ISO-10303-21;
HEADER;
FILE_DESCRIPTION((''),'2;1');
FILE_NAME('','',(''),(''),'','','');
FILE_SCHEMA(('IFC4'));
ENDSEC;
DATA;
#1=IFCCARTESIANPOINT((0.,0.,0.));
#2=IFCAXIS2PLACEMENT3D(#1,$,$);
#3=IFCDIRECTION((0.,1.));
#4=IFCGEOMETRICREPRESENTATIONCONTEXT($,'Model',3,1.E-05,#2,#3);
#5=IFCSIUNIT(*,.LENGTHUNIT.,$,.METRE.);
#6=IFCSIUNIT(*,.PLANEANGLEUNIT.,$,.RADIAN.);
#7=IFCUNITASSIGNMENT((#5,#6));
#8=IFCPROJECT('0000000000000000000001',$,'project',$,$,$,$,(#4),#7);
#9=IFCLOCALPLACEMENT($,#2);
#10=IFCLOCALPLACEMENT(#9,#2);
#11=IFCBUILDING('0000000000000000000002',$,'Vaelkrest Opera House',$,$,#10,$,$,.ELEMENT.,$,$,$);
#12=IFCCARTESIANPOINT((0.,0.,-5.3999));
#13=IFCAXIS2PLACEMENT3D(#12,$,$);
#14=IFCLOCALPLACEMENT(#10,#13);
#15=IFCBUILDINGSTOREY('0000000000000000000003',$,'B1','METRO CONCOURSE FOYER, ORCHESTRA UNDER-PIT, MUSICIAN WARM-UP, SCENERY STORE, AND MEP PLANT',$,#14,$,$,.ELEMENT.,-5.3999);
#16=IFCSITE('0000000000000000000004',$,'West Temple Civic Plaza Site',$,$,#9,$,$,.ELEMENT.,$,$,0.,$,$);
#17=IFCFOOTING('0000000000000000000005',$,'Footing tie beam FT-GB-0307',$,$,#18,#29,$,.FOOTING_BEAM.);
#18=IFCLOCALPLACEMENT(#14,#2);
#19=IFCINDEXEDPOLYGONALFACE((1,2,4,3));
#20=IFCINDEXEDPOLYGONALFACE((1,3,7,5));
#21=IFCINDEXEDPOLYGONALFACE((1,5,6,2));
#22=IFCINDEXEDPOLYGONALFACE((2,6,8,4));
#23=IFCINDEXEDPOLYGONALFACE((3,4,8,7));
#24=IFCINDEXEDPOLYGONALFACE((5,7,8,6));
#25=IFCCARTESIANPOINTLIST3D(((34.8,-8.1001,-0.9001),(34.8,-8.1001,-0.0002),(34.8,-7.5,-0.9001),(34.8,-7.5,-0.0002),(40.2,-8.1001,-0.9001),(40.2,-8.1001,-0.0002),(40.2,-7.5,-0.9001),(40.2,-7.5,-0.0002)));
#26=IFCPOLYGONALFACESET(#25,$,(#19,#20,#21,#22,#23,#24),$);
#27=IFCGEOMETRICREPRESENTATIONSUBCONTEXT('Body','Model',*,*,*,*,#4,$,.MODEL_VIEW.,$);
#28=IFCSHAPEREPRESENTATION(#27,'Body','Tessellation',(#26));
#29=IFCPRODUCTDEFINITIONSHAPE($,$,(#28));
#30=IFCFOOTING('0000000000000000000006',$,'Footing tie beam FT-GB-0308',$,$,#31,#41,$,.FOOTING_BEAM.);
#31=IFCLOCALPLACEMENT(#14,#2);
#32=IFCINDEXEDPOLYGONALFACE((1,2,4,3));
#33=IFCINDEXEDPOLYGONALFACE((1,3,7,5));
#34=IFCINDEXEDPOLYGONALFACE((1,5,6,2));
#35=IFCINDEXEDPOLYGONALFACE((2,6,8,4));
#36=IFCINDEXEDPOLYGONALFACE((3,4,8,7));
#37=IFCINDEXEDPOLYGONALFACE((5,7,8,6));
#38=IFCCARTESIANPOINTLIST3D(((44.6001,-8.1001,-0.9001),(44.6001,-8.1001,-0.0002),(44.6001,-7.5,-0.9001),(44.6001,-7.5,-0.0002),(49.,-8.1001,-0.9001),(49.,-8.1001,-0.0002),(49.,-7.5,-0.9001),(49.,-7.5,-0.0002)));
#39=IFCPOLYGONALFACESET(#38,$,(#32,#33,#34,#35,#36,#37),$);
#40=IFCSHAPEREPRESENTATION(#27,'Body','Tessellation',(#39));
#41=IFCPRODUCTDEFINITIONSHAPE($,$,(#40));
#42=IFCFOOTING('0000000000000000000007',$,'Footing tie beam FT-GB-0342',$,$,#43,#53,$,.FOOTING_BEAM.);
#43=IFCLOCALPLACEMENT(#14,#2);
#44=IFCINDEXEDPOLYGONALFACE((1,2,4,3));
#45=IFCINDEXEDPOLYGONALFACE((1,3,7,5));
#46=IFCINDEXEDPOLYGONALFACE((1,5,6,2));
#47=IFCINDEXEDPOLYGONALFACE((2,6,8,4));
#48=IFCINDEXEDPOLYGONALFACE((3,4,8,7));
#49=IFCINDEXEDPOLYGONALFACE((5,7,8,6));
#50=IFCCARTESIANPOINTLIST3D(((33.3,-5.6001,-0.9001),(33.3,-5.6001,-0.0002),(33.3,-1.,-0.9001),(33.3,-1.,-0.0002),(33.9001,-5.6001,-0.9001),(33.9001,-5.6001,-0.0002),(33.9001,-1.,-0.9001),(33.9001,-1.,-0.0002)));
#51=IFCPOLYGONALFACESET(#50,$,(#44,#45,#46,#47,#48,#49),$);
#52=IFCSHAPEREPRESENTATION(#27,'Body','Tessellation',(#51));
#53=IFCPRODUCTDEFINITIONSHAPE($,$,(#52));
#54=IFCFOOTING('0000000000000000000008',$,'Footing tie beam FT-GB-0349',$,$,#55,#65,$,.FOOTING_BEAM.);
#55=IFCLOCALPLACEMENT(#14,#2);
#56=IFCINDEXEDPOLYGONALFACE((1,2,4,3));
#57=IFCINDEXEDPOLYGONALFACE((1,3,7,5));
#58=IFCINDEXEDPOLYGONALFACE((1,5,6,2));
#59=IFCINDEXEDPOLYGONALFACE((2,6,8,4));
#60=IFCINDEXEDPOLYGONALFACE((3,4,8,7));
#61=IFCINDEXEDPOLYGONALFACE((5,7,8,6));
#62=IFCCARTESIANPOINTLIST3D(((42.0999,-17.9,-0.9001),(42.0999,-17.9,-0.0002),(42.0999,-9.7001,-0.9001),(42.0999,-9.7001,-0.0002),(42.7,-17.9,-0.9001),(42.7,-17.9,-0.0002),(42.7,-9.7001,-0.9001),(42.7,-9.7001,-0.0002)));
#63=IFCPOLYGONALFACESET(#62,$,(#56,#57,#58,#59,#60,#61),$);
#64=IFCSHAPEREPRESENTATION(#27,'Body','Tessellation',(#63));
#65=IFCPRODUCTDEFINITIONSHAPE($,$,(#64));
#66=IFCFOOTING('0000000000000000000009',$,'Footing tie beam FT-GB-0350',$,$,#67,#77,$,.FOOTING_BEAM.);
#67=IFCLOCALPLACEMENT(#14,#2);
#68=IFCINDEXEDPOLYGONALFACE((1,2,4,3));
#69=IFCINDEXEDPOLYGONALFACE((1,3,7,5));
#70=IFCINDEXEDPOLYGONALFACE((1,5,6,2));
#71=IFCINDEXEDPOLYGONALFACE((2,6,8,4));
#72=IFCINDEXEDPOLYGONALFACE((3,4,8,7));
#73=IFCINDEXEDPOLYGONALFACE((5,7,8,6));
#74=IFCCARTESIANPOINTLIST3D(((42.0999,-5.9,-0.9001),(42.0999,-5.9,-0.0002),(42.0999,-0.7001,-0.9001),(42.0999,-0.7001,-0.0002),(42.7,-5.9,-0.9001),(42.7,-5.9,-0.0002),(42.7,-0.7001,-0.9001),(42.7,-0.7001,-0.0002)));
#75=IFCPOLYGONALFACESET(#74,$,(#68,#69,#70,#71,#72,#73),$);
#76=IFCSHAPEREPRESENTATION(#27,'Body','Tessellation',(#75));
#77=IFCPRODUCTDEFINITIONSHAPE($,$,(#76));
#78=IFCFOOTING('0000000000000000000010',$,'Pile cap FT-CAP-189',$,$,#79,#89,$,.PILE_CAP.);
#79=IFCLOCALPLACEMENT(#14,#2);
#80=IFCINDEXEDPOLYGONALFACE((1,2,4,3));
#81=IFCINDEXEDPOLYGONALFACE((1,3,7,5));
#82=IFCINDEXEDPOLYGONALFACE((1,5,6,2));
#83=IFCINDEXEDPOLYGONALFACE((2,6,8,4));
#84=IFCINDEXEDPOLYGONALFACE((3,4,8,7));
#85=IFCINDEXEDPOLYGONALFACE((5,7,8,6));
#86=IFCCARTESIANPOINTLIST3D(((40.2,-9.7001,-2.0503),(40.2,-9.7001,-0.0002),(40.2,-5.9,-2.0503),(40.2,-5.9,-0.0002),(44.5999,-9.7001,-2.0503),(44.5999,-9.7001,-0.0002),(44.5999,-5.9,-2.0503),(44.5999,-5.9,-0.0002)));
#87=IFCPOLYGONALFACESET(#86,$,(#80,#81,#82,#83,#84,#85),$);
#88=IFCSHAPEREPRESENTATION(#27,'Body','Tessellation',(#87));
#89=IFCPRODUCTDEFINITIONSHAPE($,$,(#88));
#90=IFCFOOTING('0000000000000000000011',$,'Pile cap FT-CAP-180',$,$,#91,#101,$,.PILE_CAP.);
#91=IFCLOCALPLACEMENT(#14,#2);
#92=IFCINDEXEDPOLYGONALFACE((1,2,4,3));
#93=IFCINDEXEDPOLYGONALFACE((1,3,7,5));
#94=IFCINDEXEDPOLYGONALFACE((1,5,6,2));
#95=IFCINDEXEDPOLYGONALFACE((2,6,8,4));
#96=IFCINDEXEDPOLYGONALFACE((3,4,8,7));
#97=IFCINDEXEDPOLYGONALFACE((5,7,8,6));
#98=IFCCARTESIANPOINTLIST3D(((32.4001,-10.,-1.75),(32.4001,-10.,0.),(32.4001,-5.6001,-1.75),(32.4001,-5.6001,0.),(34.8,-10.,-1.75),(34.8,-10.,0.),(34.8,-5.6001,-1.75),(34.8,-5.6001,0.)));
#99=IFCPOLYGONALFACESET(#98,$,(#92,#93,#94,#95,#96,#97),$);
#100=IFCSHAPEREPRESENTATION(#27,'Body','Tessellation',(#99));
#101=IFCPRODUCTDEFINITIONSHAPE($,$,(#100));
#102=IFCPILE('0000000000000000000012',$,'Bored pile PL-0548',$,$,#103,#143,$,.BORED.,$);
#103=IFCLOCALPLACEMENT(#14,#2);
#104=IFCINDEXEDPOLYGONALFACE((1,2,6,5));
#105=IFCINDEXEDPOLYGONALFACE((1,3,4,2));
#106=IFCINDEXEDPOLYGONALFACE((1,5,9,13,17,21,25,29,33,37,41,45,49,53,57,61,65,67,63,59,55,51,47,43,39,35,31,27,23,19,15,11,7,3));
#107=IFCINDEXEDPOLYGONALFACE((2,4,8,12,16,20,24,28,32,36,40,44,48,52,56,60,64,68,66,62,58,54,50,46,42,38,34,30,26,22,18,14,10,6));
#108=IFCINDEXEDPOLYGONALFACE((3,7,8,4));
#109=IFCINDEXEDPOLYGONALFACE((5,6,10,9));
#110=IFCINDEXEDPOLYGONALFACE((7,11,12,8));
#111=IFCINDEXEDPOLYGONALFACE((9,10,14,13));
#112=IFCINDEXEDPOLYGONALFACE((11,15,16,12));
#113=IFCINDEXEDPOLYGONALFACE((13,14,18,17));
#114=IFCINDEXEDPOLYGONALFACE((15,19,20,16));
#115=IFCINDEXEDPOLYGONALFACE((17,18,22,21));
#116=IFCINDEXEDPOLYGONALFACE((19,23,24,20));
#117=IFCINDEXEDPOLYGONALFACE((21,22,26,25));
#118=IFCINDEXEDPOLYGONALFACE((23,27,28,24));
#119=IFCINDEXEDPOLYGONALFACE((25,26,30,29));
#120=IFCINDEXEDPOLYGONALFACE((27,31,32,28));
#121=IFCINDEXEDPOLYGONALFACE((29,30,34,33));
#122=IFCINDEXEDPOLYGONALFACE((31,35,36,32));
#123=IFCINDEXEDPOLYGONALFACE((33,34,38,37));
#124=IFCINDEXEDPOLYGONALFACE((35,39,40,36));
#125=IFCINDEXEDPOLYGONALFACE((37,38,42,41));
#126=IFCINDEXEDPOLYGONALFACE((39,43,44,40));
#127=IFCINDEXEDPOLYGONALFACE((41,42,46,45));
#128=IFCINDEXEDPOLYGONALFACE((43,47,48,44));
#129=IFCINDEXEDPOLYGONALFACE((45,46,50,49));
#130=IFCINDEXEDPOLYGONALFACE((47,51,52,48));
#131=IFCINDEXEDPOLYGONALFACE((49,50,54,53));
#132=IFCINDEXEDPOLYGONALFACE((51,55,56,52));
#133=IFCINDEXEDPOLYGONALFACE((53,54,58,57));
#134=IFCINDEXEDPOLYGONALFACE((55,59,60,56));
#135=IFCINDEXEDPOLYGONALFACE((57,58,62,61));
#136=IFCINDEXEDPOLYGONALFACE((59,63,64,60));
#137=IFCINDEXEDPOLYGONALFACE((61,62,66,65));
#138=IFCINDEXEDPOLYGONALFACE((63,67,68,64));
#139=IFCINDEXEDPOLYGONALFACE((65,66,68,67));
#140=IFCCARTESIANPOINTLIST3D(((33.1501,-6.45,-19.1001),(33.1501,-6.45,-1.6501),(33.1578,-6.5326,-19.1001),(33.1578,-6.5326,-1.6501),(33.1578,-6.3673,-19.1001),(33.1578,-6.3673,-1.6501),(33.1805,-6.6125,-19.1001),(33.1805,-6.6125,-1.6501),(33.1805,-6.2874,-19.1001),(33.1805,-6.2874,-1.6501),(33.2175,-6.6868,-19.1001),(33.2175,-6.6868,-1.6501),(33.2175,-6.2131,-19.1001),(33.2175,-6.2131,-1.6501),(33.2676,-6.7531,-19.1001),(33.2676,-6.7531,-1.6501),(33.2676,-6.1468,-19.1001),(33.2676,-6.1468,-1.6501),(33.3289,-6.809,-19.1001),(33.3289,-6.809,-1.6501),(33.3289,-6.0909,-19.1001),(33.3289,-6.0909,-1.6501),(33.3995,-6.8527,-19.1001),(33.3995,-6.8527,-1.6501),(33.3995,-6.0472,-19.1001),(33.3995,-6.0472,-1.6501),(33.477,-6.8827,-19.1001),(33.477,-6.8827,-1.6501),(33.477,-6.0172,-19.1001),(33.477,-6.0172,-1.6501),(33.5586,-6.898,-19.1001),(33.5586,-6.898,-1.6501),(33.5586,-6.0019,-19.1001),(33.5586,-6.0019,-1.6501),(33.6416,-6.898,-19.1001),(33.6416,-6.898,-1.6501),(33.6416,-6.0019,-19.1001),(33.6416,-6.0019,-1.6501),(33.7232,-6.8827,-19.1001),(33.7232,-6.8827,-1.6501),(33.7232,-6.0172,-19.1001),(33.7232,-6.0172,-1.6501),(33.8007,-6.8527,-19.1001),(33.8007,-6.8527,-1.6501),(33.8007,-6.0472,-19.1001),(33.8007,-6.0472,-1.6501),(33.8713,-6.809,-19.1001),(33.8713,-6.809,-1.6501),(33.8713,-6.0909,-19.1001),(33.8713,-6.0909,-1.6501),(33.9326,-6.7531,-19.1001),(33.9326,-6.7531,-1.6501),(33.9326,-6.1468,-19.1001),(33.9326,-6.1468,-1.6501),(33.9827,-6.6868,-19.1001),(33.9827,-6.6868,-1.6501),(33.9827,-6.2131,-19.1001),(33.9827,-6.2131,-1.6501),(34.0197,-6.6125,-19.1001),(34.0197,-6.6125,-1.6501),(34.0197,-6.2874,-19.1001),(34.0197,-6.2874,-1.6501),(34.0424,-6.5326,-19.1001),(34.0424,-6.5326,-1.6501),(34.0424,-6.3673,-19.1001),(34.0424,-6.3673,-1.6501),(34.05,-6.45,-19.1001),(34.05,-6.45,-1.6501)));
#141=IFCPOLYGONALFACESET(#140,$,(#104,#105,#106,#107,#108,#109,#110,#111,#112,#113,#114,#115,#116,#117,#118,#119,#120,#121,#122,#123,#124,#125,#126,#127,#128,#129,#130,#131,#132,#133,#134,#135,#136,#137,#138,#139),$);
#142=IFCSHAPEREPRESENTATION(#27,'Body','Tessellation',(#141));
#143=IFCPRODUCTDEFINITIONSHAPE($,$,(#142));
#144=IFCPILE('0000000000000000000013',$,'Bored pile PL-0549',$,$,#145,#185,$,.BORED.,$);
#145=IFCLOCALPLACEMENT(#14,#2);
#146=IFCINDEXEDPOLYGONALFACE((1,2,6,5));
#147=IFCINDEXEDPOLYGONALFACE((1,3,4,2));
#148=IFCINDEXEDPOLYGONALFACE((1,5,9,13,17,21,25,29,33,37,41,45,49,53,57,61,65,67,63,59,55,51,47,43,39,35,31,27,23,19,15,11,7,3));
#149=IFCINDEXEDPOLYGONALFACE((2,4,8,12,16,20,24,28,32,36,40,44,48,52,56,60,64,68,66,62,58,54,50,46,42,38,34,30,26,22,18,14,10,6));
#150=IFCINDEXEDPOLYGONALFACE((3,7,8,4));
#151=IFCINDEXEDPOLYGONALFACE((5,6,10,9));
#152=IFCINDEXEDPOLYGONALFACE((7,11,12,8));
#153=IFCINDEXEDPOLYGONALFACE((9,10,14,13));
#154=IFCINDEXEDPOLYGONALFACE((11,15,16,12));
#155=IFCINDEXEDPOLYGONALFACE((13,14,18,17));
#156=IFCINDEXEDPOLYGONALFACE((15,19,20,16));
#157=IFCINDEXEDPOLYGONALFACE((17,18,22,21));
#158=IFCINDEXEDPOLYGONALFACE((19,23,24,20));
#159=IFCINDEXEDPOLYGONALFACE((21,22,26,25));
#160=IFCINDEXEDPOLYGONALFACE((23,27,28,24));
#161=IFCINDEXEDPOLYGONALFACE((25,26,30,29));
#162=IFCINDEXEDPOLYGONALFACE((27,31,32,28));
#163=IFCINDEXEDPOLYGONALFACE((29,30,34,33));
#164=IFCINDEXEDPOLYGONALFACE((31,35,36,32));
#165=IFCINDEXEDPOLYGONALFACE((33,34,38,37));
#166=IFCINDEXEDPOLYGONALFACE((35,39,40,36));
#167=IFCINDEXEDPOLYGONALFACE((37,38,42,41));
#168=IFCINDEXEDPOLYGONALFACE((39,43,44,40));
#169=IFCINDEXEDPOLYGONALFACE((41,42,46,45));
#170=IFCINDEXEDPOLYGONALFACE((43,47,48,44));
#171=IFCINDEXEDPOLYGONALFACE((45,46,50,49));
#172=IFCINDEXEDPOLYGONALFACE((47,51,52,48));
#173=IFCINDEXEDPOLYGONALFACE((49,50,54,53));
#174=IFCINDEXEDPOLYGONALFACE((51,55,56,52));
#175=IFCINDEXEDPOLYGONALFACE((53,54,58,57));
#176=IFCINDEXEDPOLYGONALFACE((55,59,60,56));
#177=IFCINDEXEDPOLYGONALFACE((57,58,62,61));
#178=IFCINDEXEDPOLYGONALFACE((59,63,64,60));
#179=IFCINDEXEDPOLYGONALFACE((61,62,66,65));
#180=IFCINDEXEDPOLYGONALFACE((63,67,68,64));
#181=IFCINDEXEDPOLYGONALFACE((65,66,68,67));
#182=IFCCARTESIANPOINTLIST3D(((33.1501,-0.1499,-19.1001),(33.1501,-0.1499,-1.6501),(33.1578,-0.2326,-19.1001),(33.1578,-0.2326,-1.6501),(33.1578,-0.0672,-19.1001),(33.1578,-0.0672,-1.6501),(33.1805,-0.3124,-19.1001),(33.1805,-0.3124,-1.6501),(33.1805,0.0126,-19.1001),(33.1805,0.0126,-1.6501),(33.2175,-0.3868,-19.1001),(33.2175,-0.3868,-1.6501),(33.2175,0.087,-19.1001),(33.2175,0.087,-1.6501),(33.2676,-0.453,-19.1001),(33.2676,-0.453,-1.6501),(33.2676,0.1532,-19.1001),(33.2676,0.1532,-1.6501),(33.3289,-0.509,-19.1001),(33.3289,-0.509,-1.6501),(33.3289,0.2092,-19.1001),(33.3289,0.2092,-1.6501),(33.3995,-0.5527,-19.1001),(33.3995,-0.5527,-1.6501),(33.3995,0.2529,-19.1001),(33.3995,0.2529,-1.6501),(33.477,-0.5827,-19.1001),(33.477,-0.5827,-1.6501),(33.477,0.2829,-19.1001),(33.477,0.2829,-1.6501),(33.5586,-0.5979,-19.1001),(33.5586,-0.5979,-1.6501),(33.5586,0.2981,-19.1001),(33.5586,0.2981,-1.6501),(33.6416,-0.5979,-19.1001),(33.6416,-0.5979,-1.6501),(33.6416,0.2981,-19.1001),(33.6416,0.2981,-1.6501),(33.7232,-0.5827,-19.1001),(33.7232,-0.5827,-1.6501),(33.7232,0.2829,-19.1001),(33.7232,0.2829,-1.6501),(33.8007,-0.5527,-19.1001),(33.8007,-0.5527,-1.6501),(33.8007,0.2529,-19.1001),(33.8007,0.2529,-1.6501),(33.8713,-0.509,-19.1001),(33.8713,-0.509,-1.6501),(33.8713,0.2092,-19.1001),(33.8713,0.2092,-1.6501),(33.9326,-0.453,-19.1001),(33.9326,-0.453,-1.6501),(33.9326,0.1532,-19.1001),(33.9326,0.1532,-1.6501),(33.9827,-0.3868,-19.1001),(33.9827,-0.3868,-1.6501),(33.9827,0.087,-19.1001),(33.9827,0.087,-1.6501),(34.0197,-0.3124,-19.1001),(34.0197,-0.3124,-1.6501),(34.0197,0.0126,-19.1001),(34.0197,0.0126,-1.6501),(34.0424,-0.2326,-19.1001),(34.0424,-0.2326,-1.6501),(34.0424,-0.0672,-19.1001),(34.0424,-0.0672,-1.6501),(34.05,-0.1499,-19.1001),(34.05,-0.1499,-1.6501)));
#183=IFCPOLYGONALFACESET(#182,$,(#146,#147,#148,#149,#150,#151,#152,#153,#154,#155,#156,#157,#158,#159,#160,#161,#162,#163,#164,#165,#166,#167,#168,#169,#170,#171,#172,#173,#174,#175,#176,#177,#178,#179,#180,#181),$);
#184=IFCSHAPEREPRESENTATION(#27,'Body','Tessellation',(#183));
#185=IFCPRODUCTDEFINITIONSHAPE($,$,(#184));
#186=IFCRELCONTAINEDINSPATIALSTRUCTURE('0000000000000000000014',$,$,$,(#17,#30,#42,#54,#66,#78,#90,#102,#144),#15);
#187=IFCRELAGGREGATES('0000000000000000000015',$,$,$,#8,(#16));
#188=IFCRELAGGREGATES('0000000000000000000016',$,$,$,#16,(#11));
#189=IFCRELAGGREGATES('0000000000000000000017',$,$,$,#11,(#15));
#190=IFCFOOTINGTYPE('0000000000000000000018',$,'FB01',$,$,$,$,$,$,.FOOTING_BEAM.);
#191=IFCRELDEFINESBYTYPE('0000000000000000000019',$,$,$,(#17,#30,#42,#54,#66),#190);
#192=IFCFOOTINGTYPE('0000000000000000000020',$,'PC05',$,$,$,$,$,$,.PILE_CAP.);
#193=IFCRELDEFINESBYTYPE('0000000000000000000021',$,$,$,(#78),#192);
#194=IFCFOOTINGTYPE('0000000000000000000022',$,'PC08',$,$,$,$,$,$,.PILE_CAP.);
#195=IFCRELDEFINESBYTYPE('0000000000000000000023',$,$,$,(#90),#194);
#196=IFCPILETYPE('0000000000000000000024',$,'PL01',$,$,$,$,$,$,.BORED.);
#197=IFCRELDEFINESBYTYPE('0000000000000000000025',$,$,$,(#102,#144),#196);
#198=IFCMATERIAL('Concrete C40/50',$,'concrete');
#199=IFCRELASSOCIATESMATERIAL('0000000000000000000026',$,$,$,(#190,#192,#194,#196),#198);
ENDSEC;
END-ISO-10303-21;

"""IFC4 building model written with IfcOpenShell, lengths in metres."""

from ifc_helpers import new_model, si_unit, direction, frame, origin, origin_2d, place, context, subcontext, project, spatial, rectangle, circle, extrude, material, material_profile, profile_set, type_object, element, save


model = new_model("IFC4")

# Units and contexts
model_context = context("Model", 3, precision=1e-05, world=origin(), true_north=direction((0.0, 1.0)))
body_context = subcontext(model_context, "Body", "Model", "MODEL_VIEW")
ifc_project = project(units=[si_unit("LENGTHUNIT", "METRE"), si_unit("PLANEANGLEUNIT", "RADIAN")], contexts=[model_context])

# Site, building, storey
site_placement = place(None, origin())
site = spatial("IfcSite", under=ifc_project, at=site_placement, Name="West Temple Civic Plaza Site", CompositionType="ELEMENT", RefElevation=0.0)
building_placement = place(site_placement, origin())
building = spatial("IfcBuilding", under=site, at=building_placement, Name="Vaelkrest Opera House", CompositionType="ELEMENT")
storey_placement = place(building_placement, frame((0.0, 0.0, -5.3999)))
storey = spatial("IfcBuildingStorey", under=building, at=storey_placement, Name="B1", Description="METRO CONCOURSE FOYER, ORCHESTRA UNDER-PIT, MUSICIAN WARM-UP, SCENERY STORE, AND MEP PLANT", CompositionType="ELEMENT", Elevation=-5.3999)

# Footings
ifc_material_1 = material(Name="Concrete C40/50", Category="concrete")
footing_type_1 = type_object("IfcFootingType", Name="FB01", PredefinedType="FOOTING_BEAM", material=ifc_material_1)
footing_1_placement = place(storey_placement, frame((37.5, -7.8, -0.9001), z_axis=(0.0, 0.0, 1.0), x_axis=(1.0, 0.0, 0.0)))
element("IfcFooting", 1, at=footing_1_placement, inside=storey, type_object=footing_type_1, Name="Footing tie beam FT-GB-0307", PredefinedType="FOOTING_BEAM", context=body_context, shape_type="SweptSolid", body=[
    extrude(rectangle(XDim=5.3999, YDim=0.6001, at=origin_2d()), origin(), (0.0, 0.0, 1.0), 0.8999),
])
footing_2_placement = place(storey_placement, frame((46.8, -7.8, -0.9001), z_axis=(0.0, 0.0, 1.0), x_axis=(1.0, 0.0, 0.0)))
element("IfcFooting", 2, at=footing_2_placement, inside=storey, type_object=footing_type_1, Name="Footing tie beam FT-GB-0308", PredefinedType="FOOTING_BEAM", context=body_context, shape_type="SweptSolid", body=[
    extrude(rectangle(XDim=4.3999, YDim=0.6001, at=origin_2d()), origin(), (0.0, 0.0, 1.0), 0.8999),
])
footing_3_placement = place(storey_placement, frame((33.6001, -3.3, -0.9001), z_axis=(0.0, 0.0, 1.0), x_axis=(0.0, 1.0, 0.0)))
element("IfcFooting", 3, at=footing_3_placement, inside=storey, type_object=footing_type_1, Name="Footing tie beam FT-GB-0342", PredefinedType="FOOTING_BEAM", context=body_context, shape_type="SweptSolid", body=[
    extrude(rectangle(XDim=4.6001, YDim=0.6001, at=origin_2d()), origin(), (0.0, 0.0, 1.0), 0.8999),
])
footing_4_placement = place(storey_placement, frame((42.3999, -13.8, -0.9001), z_axis=(0.0, 0.0, 1.0), x_axis=(0.0, 1.0, 0.0)))
element("IfcFooting", 4, at=footing_4_placement, inside=storey, type_object=footing_type_1, Name="Footing tie beam FT-GB-0349", PredefinedType="FOOTING_BEAM", context=body_context, shape_type="SweptSolid", body=[
    extrude(rectangle(XDim=8.2, YDim=0.6001, at=origin_2d()), origin(), (0.0, 0.0, 1.0), 0.8999),
])
footing_5_placement = place(storey_placement, frame((42.3999, -3.3, -0.9001), z_axis=(0.0, 0.0, 1.0), x_axis=(0.0, 1.0, 0.0)))
element("IfcFooting", 5, at=footing_5_placement, inside=storey, type_object=footing_type_1, Name="Footing tie beam FT-GB-0350", PredefinedType="FOOTING_BEAM", context=body_context, shape_type="SweptSolid", body=[
    extrude(rectangle(XDim=5.2, YDim=0.6001, at=origin_2d()), origin(), (0.0, 0.0, 1.0), 0.8999),
])
footing_type_2 = type_object("IfcFootingType", Name="PC05", PredefinedType="PILE_CAP", material=ifc_material_1)
footing_6_placement = place(storey_placement, frame((42.3999, -7.8, -2.0503), z_axis=(0.0, 0.0, 1.0), x_axis=(1.0, 0.0, 0.0)))
element("IfcFooting", 6, at=footing_6_placement, inside=storey, type_object=footing_type_2, Name="Pile cap FT-CAP-189", PredefinedType="PILE_CAP", context=body_context, shape_type="SweptSolid", body=[
    extrude(rectangle(XDim=4.3999, YDim=3.8, at=origin_2d()), origin(), (0.0, 0.0, 1.0), 2.05),
])
footing_type_3 = type_object("IfcFootingType", Name="PC08", PredefinedType="PILE_CAP", material=ifc_material_1)
footing_7_placement = place(storey_placement, frame((33.6001, -7.8, -1.75), z_axis=(0.0, 0.0, 1.0), x_axis=(1.0, 0.0, 0.0)))
element("IfcFooting", 7, at=footing_7_placement, inside=storey, type_object=footing_type_3, Name="Pile cap FT-CAP-180", PredefinedType="PILE_CAP", context=body_context, shape_type="SweptSolid", body=[
    extrude(rectangle(XDim=2.3999, YDim=4.3999, at=origin_2d()), origin(), (0.0, 0.0, 1.0), 1.75),
])

# Piles
ifc_material_profile_1 = material_profile(ifc_material_1, circle(Radius=0.45, at=origin_2d()), Name="PILE900")
ifc_profile_set_1 = profile_set([ifc_material_profile_1], Name="Concrete C40/50")
pile_type_1 = type_object("IfcPileType", Name="PL01", PredefinedType="BORED", material=ifc_profile_set_1)
for number, where, z_axis, x_axis, name in (
    (8, (33.6001, -6.45, -1.6501), (0.0, 0.0, -1.0), (1.0, 0.0, 0.0), "Bored pile PL-0548"),
    (9, (33.6001, -0.1499, -1.6501), (0.0, 0.0, -1.0), (1.0, 0.0, 0.0), "Bored pile PL-0549"),
):
    element("IfcPile", number, at=place(storey_placement, frame(where, z_axis=z_axis, x_axis=x_axis)), inside=storey, type_object=pile_type_1, Name=name, PredefinedType="BORED", context=body_context, shape_type="SweptSolid", body=[
        extrude(circle(Radius=0.45, at=origin_2d()), origin(), (0.0, 0.0, 1.0), 17.45),
    ])

save(model, "model.ifc")
